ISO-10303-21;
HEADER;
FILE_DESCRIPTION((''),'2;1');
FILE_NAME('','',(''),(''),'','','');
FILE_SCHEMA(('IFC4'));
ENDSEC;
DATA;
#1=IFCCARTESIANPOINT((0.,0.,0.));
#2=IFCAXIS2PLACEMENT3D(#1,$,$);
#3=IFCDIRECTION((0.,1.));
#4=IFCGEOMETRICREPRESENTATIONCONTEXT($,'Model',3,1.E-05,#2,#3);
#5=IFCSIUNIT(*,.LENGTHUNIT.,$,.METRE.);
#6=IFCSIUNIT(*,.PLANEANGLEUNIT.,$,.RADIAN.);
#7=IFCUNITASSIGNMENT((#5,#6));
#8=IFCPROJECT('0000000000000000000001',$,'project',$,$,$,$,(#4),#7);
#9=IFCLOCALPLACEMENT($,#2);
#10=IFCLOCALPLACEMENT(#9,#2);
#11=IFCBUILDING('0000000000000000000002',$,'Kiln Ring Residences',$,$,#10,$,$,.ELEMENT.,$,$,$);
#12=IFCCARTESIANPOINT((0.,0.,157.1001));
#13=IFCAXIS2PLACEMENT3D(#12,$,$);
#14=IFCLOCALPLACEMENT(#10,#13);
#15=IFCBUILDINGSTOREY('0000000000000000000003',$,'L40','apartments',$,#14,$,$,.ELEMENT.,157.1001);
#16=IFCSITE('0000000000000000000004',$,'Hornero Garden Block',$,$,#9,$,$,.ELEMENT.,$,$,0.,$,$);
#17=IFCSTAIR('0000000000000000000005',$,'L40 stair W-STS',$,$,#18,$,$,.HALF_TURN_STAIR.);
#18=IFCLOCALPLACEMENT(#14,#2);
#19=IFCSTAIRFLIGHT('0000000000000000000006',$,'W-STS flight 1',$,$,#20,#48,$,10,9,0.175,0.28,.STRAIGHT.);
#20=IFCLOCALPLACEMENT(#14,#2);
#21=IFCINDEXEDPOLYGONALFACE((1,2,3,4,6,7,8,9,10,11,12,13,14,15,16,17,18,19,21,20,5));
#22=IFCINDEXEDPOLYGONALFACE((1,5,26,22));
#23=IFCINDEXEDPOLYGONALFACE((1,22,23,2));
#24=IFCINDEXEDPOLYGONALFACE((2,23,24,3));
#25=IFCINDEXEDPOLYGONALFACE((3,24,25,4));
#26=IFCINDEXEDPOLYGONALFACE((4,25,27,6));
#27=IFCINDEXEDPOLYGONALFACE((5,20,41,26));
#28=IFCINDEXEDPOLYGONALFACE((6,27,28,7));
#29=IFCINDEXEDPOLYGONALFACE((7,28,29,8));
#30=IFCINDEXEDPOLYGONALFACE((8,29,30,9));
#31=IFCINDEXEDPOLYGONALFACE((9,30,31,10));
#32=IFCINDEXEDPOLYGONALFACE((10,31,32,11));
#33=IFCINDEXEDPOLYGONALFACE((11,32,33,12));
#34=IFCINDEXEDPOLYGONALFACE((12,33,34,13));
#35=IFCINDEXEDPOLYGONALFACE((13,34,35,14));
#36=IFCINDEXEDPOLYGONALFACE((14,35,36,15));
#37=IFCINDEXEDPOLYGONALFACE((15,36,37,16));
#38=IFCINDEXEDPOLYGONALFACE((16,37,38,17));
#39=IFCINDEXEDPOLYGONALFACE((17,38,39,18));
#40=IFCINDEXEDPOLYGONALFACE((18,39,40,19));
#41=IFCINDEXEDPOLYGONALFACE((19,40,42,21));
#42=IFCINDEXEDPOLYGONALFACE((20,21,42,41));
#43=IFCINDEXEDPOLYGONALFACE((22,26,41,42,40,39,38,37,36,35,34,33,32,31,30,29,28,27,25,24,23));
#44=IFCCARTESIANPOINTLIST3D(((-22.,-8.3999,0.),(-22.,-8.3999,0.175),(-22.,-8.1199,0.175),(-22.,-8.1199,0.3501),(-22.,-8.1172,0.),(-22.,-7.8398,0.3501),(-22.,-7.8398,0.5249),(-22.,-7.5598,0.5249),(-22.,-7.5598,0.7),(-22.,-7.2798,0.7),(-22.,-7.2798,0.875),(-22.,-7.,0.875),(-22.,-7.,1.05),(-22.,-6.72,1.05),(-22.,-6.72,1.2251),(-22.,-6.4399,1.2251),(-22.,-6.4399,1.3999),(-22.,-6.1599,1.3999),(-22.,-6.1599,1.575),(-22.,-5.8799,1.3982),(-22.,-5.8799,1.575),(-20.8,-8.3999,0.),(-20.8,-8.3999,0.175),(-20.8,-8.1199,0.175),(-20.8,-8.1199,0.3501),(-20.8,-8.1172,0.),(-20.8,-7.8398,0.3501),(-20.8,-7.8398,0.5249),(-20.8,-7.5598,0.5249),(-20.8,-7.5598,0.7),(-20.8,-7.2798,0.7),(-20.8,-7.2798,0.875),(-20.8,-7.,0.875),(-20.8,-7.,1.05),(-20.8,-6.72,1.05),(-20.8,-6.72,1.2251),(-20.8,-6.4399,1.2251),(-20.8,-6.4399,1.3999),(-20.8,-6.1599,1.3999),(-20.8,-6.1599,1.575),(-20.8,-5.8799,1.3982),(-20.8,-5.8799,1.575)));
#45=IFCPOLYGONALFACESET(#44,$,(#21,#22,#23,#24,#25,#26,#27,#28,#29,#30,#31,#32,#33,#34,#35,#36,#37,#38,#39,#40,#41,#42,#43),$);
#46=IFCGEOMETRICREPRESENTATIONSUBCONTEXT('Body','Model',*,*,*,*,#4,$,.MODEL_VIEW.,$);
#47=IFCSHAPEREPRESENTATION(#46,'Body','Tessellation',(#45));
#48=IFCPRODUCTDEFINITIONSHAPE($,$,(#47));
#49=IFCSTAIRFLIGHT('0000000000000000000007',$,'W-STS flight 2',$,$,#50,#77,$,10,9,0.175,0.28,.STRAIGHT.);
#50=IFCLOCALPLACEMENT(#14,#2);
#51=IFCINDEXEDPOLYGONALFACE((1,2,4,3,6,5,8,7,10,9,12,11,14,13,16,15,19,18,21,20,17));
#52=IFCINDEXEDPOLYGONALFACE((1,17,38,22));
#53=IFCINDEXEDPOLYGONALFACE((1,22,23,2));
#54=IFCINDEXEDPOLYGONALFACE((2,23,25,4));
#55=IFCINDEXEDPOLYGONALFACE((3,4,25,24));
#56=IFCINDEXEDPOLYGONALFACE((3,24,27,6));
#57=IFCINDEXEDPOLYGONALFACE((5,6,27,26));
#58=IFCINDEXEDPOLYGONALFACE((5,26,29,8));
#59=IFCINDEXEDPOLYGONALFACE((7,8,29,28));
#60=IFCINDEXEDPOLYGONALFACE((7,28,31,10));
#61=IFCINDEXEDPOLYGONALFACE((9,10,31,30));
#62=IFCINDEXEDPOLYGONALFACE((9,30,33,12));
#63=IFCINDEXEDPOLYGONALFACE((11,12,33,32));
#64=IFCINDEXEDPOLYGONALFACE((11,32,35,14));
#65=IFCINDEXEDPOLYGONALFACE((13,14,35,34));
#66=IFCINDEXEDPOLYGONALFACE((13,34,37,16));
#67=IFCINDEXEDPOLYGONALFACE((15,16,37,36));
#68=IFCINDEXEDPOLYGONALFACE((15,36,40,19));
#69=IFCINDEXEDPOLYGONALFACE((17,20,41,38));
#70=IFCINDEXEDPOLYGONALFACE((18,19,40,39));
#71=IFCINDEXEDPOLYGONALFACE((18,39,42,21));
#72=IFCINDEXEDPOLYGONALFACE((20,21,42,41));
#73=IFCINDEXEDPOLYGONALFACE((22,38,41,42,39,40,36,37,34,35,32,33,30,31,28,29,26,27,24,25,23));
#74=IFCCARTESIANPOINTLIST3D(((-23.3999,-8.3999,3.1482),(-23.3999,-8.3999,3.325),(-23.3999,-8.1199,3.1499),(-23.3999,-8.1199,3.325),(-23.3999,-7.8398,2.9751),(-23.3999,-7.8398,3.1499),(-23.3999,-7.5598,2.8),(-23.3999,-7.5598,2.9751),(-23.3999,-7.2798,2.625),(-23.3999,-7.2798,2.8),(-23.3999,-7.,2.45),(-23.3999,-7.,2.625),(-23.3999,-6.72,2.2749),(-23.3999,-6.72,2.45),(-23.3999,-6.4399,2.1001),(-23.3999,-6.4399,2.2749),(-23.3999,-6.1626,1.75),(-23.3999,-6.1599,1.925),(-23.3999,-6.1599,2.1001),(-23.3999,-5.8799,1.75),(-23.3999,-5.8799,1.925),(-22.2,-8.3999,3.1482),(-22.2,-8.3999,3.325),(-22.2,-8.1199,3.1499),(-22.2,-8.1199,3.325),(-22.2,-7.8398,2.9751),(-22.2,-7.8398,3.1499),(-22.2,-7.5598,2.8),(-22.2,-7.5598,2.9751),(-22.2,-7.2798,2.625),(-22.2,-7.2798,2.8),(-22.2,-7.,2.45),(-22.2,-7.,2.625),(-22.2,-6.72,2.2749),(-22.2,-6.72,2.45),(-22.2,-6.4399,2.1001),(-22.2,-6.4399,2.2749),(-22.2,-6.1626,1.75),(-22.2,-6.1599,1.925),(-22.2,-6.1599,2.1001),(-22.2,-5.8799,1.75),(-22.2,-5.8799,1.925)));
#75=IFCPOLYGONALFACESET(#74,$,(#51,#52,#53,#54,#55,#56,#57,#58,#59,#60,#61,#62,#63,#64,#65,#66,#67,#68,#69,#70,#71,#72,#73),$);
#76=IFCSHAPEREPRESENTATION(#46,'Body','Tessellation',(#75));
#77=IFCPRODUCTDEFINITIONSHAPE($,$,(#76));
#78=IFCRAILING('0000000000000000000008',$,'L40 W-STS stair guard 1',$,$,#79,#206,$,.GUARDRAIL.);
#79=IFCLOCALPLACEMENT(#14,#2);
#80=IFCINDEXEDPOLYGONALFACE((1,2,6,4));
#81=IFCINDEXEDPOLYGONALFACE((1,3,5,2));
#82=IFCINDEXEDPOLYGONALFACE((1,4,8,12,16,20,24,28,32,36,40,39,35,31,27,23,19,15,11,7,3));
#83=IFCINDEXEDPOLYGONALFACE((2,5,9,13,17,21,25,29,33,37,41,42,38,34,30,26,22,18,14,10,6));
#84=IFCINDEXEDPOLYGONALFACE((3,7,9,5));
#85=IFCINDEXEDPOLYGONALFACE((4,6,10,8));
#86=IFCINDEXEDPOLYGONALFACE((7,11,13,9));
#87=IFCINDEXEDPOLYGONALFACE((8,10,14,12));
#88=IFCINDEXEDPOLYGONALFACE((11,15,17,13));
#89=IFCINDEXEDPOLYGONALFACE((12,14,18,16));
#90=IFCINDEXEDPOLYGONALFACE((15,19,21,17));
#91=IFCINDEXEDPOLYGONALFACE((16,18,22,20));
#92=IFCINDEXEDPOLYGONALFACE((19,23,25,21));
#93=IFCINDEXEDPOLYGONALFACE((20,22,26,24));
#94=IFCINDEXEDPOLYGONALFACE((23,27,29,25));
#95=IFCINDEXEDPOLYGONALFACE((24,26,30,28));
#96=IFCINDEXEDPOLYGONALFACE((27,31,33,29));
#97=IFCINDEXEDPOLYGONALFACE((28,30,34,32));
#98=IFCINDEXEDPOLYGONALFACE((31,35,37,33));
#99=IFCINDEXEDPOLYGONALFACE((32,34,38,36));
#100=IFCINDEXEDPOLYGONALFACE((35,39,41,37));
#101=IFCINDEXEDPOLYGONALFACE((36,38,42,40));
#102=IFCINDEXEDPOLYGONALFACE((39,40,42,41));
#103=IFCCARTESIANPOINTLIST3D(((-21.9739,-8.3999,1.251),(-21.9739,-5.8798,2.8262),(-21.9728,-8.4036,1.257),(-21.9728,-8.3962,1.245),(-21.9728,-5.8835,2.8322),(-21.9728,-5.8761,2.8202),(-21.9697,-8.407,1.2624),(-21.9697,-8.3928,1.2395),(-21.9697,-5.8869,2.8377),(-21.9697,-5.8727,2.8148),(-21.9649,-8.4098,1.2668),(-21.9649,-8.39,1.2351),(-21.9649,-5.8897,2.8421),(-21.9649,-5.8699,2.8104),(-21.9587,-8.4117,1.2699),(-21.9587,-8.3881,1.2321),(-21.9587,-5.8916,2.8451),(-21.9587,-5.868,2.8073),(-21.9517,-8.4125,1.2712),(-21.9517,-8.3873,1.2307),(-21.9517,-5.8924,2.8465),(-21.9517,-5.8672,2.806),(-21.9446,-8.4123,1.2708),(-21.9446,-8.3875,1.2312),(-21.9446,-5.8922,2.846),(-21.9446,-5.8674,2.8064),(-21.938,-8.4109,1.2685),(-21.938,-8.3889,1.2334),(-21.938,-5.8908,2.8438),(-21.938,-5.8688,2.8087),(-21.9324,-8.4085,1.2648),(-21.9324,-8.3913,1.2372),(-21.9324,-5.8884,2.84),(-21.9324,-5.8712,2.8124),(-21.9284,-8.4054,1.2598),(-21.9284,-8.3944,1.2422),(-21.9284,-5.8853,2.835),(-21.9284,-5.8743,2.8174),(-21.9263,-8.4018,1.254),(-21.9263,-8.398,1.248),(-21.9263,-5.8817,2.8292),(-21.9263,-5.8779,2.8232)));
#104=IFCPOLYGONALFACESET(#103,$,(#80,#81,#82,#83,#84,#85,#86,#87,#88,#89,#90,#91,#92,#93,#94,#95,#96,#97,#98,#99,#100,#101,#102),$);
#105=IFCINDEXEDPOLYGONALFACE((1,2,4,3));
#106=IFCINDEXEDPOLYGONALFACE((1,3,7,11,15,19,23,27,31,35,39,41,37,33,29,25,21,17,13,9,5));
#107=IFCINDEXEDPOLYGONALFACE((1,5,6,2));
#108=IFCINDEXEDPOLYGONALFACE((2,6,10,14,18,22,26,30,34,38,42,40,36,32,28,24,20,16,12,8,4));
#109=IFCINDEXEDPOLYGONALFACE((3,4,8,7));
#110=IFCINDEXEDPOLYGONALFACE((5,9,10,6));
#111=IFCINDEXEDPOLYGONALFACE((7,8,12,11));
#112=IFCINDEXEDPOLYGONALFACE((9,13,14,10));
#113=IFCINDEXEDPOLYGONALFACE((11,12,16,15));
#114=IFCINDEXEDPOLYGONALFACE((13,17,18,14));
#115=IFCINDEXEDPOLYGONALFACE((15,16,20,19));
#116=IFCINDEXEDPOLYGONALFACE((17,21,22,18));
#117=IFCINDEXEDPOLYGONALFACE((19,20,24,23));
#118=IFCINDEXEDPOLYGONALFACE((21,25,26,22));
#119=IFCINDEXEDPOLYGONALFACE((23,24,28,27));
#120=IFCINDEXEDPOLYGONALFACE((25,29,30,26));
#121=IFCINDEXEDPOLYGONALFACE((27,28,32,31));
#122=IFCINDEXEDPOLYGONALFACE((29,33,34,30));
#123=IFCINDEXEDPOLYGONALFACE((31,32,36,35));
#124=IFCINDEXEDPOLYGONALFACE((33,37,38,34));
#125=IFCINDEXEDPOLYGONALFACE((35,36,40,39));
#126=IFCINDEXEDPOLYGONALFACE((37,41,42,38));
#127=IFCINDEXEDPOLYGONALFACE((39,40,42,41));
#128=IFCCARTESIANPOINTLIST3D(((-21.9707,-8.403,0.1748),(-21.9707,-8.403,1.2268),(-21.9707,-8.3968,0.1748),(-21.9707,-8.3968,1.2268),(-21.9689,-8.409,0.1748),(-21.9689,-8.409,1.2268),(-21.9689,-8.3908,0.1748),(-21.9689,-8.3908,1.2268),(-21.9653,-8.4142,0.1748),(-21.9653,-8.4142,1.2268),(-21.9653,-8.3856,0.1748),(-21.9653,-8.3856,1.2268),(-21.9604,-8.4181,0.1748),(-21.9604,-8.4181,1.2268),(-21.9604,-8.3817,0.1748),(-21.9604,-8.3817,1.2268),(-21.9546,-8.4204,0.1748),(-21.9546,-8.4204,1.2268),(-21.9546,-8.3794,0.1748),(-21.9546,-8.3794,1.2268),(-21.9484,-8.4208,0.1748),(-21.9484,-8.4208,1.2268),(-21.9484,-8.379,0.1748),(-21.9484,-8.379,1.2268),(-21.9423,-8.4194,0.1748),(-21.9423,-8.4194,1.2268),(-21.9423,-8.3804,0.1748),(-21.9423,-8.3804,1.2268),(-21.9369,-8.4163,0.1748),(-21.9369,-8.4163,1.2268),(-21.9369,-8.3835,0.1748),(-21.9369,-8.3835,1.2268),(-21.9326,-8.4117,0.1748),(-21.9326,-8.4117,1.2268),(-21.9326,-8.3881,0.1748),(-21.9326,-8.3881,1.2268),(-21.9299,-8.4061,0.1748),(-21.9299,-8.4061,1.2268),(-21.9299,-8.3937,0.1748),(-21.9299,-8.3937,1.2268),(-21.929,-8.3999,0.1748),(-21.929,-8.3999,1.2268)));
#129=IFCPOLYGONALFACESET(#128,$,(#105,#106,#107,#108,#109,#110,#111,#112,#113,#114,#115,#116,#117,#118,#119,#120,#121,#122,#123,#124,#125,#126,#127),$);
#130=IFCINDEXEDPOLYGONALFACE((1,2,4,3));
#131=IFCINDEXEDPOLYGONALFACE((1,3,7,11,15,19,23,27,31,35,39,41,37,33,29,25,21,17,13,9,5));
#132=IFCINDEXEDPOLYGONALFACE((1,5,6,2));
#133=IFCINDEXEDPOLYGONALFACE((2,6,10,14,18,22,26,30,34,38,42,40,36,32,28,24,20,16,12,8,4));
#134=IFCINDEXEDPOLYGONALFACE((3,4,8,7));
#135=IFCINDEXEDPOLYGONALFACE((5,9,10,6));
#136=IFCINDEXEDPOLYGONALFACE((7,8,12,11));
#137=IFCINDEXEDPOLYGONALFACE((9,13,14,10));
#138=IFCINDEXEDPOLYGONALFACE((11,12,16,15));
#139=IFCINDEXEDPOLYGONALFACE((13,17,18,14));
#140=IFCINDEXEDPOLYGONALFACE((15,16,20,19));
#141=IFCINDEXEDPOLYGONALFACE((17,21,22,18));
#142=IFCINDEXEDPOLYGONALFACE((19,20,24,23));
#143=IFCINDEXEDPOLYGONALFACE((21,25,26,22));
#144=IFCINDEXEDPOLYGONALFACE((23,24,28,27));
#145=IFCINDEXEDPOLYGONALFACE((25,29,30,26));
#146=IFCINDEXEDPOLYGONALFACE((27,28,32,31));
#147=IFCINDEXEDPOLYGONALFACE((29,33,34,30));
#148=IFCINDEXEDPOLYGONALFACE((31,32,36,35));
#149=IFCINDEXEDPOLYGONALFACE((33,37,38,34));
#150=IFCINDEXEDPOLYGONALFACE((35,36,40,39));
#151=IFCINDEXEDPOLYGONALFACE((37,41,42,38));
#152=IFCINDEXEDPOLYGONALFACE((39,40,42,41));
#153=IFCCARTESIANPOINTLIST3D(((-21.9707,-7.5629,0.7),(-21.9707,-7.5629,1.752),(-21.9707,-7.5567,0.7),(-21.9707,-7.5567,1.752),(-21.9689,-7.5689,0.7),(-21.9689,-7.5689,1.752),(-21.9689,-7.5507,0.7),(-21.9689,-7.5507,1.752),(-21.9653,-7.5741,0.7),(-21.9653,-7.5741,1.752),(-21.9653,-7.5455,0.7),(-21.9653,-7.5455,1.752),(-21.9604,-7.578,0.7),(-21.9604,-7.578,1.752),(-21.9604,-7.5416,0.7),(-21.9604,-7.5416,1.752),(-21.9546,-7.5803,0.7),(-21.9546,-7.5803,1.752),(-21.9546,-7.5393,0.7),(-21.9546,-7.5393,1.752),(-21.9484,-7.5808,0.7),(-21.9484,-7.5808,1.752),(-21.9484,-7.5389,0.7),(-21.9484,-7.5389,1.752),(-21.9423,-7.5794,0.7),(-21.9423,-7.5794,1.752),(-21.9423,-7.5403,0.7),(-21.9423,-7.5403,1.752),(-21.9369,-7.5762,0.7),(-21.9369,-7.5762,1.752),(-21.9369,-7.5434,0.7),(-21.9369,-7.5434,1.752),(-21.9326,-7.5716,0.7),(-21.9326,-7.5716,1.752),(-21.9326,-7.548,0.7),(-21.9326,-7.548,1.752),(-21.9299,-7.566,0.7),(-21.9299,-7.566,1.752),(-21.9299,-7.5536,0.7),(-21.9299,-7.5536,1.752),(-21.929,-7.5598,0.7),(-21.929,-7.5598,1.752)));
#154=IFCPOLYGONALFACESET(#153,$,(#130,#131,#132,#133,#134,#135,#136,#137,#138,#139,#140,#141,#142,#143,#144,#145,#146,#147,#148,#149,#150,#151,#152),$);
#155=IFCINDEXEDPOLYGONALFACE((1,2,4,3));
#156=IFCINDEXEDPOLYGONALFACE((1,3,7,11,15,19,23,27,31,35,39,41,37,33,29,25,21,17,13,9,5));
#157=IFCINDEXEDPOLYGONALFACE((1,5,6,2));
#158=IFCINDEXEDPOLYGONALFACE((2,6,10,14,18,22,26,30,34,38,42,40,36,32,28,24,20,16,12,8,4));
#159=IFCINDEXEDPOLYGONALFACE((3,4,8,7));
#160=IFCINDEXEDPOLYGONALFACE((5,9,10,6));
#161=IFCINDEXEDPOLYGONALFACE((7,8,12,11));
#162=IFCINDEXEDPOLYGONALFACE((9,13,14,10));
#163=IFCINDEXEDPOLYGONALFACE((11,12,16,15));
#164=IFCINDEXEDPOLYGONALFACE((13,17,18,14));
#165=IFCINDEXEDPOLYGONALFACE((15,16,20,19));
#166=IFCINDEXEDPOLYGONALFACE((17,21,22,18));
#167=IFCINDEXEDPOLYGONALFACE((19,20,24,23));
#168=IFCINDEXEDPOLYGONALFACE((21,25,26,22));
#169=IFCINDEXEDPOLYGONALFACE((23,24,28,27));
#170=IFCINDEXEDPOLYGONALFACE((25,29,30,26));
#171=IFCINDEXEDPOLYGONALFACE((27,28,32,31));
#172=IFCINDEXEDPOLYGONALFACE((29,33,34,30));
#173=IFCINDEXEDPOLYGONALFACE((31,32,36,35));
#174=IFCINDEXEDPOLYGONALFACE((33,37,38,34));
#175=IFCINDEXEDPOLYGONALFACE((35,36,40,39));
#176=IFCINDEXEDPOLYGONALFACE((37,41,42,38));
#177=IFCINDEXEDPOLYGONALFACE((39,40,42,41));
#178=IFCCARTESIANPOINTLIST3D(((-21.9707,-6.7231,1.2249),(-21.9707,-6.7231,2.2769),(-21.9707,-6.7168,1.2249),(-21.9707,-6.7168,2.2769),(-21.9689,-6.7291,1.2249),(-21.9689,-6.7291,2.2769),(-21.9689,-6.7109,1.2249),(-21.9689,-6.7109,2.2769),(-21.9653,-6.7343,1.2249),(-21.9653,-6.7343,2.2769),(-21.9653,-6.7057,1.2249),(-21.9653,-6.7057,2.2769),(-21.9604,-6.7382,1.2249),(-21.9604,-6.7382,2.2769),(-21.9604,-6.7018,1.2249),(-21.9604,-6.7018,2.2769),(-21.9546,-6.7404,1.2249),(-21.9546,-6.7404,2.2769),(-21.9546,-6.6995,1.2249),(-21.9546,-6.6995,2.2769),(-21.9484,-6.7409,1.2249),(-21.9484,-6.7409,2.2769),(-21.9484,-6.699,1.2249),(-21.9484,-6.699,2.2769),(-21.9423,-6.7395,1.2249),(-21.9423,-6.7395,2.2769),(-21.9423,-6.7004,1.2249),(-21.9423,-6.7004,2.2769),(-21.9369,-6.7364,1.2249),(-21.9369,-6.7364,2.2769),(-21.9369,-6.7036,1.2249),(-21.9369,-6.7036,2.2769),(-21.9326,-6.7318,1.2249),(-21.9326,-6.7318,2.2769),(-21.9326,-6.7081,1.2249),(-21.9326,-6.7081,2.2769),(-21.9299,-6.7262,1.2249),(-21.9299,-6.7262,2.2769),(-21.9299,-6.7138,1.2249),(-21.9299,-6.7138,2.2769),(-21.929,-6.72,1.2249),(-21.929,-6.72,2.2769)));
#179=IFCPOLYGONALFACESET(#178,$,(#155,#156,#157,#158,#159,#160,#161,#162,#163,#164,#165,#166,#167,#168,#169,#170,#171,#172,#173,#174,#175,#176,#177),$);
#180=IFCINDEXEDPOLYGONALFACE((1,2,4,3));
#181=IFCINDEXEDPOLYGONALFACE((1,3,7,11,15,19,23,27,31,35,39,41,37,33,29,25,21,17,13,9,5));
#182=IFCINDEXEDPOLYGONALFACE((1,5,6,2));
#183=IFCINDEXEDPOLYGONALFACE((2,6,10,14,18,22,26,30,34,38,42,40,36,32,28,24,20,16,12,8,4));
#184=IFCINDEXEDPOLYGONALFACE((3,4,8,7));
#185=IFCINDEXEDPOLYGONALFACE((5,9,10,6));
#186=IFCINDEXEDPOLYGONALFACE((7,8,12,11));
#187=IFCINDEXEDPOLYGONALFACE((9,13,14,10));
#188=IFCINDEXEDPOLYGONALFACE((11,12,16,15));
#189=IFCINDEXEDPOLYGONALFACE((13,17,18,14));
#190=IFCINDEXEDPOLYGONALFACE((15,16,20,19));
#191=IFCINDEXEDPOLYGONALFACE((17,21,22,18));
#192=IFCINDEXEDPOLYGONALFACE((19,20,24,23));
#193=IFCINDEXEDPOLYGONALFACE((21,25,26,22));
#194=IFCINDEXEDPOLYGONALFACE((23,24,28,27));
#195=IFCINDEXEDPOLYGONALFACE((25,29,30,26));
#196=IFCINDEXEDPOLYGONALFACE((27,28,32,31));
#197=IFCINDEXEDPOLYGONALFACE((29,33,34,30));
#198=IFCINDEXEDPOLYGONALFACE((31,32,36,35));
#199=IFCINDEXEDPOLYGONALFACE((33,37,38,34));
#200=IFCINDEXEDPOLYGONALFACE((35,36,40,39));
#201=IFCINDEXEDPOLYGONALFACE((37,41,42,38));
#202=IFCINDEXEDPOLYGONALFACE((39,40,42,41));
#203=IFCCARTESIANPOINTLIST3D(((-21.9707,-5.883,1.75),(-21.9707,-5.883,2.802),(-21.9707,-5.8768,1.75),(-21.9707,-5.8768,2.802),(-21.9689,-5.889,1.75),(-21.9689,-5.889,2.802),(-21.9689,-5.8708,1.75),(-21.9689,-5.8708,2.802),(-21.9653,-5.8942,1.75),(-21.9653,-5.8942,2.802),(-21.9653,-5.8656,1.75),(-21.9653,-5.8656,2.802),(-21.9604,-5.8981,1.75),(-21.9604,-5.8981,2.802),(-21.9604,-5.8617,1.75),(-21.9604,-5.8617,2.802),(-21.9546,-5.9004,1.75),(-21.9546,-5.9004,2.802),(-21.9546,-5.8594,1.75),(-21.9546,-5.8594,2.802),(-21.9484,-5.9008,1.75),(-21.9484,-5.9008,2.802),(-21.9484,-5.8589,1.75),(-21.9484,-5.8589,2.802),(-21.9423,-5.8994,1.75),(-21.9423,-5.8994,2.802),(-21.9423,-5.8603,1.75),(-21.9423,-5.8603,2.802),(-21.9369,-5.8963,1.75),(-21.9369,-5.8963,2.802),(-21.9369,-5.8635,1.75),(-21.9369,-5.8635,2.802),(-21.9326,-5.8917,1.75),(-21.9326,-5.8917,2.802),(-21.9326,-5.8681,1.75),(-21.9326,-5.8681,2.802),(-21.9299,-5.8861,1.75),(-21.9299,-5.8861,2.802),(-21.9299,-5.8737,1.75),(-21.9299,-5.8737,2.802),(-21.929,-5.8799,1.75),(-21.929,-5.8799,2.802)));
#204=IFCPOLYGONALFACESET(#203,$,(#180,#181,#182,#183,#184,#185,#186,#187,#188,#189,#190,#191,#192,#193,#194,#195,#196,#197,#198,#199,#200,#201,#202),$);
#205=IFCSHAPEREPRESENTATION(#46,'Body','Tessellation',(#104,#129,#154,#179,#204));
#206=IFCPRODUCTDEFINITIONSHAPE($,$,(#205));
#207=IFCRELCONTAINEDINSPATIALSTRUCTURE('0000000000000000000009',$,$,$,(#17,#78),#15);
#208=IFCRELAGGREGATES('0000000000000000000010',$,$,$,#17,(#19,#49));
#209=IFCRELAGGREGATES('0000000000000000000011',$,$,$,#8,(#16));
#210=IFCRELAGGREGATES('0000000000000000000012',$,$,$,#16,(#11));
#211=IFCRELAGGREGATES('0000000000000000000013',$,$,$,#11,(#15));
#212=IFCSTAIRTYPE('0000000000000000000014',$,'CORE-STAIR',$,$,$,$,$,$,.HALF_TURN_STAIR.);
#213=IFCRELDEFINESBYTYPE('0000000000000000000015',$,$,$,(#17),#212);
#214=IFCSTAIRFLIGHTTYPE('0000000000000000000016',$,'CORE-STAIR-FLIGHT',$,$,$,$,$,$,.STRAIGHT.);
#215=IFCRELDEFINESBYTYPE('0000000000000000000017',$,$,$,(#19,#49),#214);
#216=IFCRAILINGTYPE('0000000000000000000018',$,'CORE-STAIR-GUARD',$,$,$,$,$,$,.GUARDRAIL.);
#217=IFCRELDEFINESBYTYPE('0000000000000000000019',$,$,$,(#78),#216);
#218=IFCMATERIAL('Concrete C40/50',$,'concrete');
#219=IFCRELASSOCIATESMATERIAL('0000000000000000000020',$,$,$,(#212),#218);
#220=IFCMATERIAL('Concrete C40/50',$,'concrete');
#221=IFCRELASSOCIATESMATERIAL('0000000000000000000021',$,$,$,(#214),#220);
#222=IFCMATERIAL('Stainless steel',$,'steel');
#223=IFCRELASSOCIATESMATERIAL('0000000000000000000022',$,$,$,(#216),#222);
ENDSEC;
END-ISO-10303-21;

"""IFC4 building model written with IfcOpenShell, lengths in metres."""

from ifc_helpers import new_model, si_unit, direction, frame, origin, origin_2d, place, context, subcontext, project, spatial, polyline, circle, outline, extrude, material, type_object, element, aggregate, save


model = new_model("IFC4")

# Units and contexts
model_context = context("Model", 3, precision=1e-05, world=origin(), true_north=direction((0.0, 1.0)))
body_context = subcontext(model_context, "Body", "Model", "MODEL_VIEW")
ifc_project = project(units=[si_unit("LENGTHUNIT", "METRE"), si_unit("PLANEANGLEUNIT", "RADIAN")], contexts=[model_context])

# Site, building, storey
site_placement = place(None, origin())
site = spatial("IfcSite", under=ifc_project, at=site_placement, Name="Hornero Garden Block", CompositionType="ELEMENT", RefElevation=0.0)
building_placement = place(site_placement, origin())
building = spatial("IfcBuilding", under=site, at=building_placement, Name="Kiln Ring Residences", CompositionType="ELEMENT")
storey_placement = place(building_placement, frame((0.0, 0.0, 157.1001)))
storey = spatial("IfcBuildingStorey", under=building, at=storey_placement, Name="L40", Description="apartments", CompositionType="ELEMENT", Elevation=157.1001)

# Stair, stair flights
ifc_material_1 = material(Name="Concrete C40/50", Category="concrete")
stair_type = type_object("IfcStairType", Name="CORE-STAIR", PredefinedType="HALF_TURN_STAIR", material=ifc_material_1)
stair_placement = place(storey_placement, origin())
stair = element("IfcStair", 1, at=stair_placement, inside=storey, type_object=stair_type, Name="L40 stair W-STS", PredefinedType="HALF_TURN_STAIR")
ifc_material_2 = material(Name="Concrete C40/50", Category="concrete")
stair_flight_type = type_object("IfcStairFlightType", Name="CORE-STAIR-FLIGHT", PredefinedType="STRAIGHT", material=ifc_material_2)
stair_flight_1_placement = place(storey_placement, frame((-21.3999, -8.3999, 0.0), z_axis=(0.0, 0.0, 1.0), x_axis=(0.0, 1.0, 0.0)))
stair_flight_1 = element("IfcStairFlight", 2, at=stair_flight_1_placement, type_object=stair_flight_type, Name="W-STS flight 1", NumberOfRisers=10, NumberOfTreads=9, PredefinedType="STRAIGHT", RiserHeight=0.175, TreadLength=0.28, context=body_context, shape_type="SweptSolid", body=[
    extrude(outline(polyline([(0.0, 0.0), (0.0, 0.175), (0.28, 0.175), (0.28, 0.3501), (0.5601, 0.3501), (0.5601, 0.5249), (0.8401, 0.5249), (0.8401, 0.7), (1.1201, 0.7), (1.1201, 0.875), (1.3999, 0.875), (1.3999, 1.05), (1.6799, 1.05), (1.6799, 1.2251), (1.96, 1.2251), (1.96, 1.3999), (2.24, 1.3999), (2.24, 1.575), (2.52, 1.575), (2.52, 1.75), (2.52, 1.3982), (0.2827, 0.0), (0.0, 0.0)])), frame((0.0, 0.6001, 0.0), z_axis=(0.0, -1.0, 0.0), x_axis=(1.0, 0.0, 0.0)), (0.0, 0.0, 1.0), 1.2),
])
stair_flight_2_placement = place(storey_placement, frame((-22.8, -5.8799, 1.75), z_axis=(0.0, 0.0, 1.0), x_axis=(0.0, -1.0, 0.0)))
stair_flight_2 = element("IfcStairFlight", 3, at=stair_flight_2_placement, type_object=stair_flight_type, Name="W-STS flight 2", NumberOfRisers=10, NumberOfTreads=9, PredefinedType="STRAIGHT", RiserHeight=0.175, TreadLength=0.28, context=body_context, shape_type="SweptSolid", body=[
    extrude(outline(polyline([(0.0, 0.0), (0.0, 0.175), (0.28, 0.175), (0.28, 0.3501), (0.5601, 0.3501), (0.5601, 0.5249), (0.8401, 0.5249), (0.8401, 0.7), (1.1201, 0.7), (1.1201, 0.875), (1.3999, 0.875), (1.3999, 1.05), (1.6799, 1.05), (1.6799, 1.2251), (1.96, 1.2251), (1.96, 1.3999), (2.24, 1.3999), (2.24, 1.575), (2.52, 1.575), (2.52, 1.75), (2.52, 1.3982), (0.2827, 0.0), (0.0, 0.0)])), frame((0.0, 0.6001, 0.0), z_axis=(0.0, -1.0, 0.0), x_axis=(1.0, 0.0, 0.0)), (0.0, 0.0, 1.0), 1.2),
])
aggregate(stair, [stair_flight_1, stair_flight_2])

# Railing
ifc_material_3 = material(Name="Stainless steel", Category="steel")
railing_type_1 = type_object("IfcRailingType", Name="CORE-STAIR-GUARD", PredefinedType="GUARDRAIL", material=ifc_material_3)
railing_1_placement = place(storey_placement, frame((-21.95, -8.3999, 0.1748)))
element("IfcRailing", 4, at=railing_1_placement, inside=storey, type_object=railing_type_1, Name="L40 W-STS stair guard 1", PredefinedType="GUARDRAIL", context=body_context, shape_type="SweptSolid", body=[
    extrude(circle(Radius=0.0239, at=origin_2d()), frame((0.0, 0.0, 1.0762), z_axis=(0.0, 0.847971, 0.530043), x_axis=(-1.0, 0.0, 0.0)), (0.0, 0.0, 1.0), 2.9719),
    extrude(circle(Radius=0.021, at=origin_2d()), origin(), (0.0, 0.0, 1.0), 1.052),
    extrude(circle(Radius=0.021, at=origin_2d()), frame((0.0, 0.8401, 0.5251)), (0.0, 0.0, 1.0), 1.052),
    extrude(circle(Radius=0.021, at=origin_2d()), frame((0.0, 1.6799, 1.05)), (0.0, 0.0, 1.0), 1.052),
    extrude(circle(Radius=0.021, at=origin_2d()), frame((0.0, 2.52, 1.5752)), (0.0, 0.0, 1.0), 1.052),
])

save(model, "model.ifc")
